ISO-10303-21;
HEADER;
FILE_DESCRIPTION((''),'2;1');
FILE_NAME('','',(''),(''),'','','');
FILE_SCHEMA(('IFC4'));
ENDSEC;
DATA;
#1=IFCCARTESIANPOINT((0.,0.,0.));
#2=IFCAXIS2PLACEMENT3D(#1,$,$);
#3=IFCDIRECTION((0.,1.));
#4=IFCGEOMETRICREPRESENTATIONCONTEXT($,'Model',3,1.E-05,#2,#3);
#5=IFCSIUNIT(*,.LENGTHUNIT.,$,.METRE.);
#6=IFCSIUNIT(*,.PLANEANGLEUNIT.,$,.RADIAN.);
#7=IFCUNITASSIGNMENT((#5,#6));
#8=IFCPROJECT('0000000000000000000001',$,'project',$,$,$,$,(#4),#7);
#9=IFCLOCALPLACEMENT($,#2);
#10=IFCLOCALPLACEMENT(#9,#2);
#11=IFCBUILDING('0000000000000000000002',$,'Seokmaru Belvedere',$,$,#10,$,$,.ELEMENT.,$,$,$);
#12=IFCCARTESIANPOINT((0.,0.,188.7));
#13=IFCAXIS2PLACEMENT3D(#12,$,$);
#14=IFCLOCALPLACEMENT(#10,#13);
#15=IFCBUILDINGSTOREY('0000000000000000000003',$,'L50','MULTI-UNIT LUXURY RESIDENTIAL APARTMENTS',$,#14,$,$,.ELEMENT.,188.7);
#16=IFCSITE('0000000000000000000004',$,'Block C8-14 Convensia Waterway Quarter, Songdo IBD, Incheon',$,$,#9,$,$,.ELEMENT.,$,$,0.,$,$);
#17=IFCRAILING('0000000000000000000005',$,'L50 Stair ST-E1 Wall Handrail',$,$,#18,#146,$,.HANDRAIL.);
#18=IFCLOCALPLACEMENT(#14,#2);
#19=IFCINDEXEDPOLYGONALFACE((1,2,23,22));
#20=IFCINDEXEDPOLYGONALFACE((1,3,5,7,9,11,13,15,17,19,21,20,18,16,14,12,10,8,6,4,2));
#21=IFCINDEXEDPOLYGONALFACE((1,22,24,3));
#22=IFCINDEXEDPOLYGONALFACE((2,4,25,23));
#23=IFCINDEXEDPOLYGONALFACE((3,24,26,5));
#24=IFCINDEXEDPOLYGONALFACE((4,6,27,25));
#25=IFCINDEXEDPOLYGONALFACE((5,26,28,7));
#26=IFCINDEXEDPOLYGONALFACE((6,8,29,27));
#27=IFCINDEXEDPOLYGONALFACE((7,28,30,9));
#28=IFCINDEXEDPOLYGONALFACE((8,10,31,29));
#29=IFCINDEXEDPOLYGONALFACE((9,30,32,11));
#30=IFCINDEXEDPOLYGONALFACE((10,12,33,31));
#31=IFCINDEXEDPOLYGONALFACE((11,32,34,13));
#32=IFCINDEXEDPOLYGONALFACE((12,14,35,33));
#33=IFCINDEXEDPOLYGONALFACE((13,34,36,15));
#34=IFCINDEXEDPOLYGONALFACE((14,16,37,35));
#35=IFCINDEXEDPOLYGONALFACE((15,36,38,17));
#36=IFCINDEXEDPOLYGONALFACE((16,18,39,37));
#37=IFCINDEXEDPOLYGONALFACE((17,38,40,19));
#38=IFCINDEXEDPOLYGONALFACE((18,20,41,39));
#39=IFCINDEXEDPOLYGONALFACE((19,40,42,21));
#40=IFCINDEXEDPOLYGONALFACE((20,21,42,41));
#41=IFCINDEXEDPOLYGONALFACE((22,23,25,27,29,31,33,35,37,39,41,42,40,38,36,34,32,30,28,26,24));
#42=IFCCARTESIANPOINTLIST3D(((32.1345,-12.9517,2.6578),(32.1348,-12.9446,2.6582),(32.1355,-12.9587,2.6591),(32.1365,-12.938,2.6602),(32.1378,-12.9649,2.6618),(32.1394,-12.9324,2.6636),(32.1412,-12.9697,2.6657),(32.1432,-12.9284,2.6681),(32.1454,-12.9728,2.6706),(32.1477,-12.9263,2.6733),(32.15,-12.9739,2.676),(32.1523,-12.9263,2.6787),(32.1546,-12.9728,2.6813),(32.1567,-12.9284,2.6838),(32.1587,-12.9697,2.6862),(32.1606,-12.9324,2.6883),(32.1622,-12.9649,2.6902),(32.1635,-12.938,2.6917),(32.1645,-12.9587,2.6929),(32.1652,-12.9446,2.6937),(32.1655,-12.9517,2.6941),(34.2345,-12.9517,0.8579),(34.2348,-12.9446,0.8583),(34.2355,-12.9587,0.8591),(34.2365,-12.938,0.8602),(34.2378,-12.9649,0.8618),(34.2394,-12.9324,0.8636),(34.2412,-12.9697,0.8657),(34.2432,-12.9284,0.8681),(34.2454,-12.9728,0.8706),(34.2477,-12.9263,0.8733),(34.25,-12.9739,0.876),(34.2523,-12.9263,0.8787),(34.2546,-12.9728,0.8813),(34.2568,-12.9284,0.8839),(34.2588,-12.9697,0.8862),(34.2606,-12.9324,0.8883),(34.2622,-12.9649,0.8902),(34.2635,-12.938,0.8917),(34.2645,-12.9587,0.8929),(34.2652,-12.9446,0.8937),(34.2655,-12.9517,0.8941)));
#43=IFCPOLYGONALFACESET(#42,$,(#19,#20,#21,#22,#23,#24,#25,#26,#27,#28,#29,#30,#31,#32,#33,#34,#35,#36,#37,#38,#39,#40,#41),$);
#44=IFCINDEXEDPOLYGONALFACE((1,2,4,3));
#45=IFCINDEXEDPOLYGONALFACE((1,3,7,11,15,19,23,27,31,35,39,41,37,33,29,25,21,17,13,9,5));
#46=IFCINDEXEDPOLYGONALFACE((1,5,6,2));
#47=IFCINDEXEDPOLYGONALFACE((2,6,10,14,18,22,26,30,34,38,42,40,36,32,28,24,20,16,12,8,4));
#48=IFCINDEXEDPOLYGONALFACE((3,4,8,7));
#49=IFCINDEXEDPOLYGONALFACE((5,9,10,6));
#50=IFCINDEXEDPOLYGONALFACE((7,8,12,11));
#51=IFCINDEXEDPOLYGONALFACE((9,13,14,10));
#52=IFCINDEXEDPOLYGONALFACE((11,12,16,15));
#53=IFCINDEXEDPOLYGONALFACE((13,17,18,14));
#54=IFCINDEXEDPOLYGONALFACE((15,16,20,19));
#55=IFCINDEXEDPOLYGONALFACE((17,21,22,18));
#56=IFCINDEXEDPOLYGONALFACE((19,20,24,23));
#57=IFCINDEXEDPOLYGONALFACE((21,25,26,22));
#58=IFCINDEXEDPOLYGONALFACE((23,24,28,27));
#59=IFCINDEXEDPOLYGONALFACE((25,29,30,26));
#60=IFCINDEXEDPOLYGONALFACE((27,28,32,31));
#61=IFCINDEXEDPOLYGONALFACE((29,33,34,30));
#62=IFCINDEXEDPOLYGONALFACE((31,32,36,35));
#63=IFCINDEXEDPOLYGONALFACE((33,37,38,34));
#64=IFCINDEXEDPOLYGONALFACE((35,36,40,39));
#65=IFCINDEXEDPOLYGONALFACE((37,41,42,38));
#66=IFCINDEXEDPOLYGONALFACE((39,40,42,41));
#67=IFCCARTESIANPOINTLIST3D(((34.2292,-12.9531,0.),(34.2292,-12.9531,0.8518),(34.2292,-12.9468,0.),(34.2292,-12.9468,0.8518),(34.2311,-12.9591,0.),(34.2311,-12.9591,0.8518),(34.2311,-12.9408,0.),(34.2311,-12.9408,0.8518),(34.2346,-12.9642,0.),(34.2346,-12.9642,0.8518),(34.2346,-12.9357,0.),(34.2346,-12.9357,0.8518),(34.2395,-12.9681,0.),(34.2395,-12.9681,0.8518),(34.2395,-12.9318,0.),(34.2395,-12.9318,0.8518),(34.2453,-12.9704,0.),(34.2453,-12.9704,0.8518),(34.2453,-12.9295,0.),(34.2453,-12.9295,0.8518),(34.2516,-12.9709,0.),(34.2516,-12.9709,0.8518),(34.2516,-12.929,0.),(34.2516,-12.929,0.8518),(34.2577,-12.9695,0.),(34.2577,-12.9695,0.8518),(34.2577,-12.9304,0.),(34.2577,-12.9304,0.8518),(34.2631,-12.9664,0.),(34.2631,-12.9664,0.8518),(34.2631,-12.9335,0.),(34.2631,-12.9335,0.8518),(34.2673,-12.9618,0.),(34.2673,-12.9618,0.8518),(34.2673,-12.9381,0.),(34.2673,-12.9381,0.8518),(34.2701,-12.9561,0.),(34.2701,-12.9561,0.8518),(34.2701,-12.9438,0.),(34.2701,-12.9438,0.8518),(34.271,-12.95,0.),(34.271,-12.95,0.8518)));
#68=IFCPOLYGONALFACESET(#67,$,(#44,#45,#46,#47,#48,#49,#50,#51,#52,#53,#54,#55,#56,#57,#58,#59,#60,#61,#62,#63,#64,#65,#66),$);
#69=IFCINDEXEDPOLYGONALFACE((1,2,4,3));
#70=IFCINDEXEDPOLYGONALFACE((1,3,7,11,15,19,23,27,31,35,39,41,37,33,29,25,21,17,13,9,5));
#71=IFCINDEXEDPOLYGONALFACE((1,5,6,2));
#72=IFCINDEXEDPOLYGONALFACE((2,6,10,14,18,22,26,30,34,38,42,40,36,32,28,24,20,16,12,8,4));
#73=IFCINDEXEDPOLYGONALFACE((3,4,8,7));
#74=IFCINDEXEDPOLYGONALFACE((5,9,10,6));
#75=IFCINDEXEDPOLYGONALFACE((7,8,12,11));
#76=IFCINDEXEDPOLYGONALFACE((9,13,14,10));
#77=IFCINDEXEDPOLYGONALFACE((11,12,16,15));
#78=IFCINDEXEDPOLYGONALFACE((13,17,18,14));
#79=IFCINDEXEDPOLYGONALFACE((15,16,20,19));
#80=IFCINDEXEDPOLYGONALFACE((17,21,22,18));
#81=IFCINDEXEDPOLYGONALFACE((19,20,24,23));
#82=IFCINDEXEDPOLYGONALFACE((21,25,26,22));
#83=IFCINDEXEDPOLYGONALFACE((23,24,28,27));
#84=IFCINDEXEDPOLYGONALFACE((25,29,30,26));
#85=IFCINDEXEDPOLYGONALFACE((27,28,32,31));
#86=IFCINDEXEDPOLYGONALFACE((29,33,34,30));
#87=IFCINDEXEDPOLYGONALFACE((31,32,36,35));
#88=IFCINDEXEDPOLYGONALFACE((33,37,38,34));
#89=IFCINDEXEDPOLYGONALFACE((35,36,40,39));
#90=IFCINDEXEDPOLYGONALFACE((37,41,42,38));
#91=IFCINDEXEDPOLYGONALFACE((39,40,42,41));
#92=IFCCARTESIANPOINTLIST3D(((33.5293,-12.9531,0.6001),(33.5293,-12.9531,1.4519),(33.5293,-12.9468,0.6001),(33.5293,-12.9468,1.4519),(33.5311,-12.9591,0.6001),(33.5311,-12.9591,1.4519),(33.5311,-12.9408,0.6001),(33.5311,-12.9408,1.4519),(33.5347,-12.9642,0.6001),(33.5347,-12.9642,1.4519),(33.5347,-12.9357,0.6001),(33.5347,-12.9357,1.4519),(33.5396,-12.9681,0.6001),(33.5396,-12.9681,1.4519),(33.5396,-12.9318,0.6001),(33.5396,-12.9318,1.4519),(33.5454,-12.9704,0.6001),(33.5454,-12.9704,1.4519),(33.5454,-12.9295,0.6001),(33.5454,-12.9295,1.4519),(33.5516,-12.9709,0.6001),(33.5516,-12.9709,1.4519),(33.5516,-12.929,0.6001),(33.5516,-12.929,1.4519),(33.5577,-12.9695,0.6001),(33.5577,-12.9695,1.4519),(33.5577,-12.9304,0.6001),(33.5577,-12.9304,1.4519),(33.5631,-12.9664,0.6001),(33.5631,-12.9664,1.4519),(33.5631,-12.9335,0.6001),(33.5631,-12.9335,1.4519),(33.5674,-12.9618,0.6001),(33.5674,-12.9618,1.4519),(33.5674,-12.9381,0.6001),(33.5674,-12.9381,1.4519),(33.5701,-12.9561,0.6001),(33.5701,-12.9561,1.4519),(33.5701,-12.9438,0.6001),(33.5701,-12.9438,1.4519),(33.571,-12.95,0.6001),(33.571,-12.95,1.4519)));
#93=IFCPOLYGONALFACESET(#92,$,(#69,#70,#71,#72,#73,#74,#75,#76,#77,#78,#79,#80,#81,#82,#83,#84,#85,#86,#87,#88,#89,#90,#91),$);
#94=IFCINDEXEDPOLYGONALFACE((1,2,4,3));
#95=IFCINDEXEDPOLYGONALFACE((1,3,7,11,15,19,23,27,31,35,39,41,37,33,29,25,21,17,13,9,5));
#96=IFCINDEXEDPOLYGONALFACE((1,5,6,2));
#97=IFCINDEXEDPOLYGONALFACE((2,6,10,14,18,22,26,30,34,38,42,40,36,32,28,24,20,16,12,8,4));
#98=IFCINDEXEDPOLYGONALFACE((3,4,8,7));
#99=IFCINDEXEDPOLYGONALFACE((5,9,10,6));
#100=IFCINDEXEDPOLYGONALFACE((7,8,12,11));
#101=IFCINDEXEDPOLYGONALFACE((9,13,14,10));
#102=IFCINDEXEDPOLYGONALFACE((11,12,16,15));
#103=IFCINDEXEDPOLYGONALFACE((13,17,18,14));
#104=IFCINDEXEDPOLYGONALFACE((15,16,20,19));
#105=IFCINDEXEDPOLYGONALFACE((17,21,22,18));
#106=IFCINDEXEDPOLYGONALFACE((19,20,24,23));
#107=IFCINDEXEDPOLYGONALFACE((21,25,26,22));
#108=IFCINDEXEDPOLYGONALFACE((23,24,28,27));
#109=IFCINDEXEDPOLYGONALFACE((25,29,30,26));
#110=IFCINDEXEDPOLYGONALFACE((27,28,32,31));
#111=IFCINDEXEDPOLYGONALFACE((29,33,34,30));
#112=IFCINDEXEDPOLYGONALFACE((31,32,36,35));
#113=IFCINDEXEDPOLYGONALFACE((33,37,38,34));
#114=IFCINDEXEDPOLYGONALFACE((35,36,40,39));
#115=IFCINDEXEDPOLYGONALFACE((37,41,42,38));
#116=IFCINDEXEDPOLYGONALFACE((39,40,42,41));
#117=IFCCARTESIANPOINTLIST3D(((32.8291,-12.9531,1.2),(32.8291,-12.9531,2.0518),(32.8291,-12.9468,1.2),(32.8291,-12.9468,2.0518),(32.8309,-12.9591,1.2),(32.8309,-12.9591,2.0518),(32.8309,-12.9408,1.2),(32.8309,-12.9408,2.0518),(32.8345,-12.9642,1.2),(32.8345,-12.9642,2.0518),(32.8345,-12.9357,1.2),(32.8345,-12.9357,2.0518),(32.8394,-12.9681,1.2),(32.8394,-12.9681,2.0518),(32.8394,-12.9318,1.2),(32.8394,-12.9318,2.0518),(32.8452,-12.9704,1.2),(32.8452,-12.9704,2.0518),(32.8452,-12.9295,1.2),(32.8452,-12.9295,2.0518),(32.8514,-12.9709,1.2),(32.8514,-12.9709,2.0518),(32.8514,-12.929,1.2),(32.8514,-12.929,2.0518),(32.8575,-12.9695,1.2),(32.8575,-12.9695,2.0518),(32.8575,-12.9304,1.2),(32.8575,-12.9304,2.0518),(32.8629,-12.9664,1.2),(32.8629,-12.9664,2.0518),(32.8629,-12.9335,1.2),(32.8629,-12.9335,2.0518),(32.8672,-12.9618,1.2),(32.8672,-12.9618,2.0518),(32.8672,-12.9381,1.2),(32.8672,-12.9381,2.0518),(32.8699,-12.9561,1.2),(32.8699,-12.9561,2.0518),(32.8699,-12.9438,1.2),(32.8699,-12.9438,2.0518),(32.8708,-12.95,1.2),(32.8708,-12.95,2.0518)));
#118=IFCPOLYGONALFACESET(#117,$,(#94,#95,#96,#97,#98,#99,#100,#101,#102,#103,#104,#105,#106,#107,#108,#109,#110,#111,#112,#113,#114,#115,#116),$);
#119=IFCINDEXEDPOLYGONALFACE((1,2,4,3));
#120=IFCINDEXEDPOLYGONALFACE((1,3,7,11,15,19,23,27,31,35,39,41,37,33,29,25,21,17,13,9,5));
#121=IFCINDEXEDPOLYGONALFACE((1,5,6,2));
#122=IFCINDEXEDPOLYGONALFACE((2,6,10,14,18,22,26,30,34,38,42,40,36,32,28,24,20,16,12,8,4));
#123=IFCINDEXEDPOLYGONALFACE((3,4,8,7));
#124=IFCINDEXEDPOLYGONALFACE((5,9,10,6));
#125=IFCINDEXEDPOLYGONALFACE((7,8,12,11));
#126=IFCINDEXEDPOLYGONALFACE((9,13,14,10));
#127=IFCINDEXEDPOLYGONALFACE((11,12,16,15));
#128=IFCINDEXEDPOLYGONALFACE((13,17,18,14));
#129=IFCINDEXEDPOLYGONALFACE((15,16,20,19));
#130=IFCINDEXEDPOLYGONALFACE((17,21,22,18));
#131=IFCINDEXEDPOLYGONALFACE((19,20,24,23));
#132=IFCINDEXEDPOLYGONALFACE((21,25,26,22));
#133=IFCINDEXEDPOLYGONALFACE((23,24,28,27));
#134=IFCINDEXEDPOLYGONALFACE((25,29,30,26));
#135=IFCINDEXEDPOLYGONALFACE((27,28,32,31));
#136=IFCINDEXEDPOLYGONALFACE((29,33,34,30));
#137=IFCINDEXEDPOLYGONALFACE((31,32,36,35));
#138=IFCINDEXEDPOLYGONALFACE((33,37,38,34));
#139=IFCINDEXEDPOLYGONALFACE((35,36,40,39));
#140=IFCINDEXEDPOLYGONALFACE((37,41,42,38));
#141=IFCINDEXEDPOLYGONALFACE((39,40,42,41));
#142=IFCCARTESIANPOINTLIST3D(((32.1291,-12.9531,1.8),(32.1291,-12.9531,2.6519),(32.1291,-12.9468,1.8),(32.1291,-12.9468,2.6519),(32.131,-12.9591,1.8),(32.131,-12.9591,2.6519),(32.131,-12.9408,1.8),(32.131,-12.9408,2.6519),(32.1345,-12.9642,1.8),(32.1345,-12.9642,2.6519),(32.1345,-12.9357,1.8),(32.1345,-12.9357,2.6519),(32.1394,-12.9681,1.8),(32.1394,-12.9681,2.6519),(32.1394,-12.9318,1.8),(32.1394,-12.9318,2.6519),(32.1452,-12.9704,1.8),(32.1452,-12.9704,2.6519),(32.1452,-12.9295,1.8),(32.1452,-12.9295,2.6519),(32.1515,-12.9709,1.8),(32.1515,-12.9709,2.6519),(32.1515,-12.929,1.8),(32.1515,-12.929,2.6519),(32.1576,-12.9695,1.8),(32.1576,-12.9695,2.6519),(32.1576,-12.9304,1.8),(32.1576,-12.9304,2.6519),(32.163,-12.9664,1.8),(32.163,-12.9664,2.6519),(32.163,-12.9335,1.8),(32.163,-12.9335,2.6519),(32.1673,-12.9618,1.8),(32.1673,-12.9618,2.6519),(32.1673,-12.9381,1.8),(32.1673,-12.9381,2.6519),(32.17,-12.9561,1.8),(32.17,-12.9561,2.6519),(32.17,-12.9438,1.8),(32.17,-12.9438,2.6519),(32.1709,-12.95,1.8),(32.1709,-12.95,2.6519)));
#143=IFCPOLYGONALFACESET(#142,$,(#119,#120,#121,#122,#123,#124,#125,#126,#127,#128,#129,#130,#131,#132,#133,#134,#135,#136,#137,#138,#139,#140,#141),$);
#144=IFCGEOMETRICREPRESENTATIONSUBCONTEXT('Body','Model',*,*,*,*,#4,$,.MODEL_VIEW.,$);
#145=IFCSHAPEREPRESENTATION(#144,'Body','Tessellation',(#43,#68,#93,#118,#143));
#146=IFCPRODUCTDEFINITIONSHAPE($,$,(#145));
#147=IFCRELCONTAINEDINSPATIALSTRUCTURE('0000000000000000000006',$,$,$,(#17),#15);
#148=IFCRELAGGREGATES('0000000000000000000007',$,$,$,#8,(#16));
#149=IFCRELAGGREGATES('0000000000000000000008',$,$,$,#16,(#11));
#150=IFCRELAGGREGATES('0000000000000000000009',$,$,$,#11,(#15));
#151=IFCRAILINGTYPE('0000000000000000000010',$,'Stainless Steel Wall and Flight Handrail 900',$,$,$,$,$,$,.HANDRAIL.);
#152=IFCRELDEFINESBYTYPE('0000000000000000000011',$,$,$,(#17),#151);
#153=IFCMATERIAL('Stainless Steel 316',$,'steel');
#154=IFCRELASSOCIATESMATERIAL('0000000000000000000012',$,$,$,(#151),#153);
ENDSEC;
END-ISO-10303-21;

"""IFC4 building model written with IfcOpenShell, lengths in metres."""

from ifc_helpers import new_model, si_unit, direction, frame, origin, origin_2d, place, context, subcontext, project, spatial, circle, extrude, material, type_object, element, save


model = new_model("IFC4")

# Units and contexts
model_context = context("Model", 3, precision=1e-05, world=origin(), true_north=direction((0.0, 1.0)))
body_context = subcontext(model_context, "Body", "Model", "MODEL_VIEW")
ifc_project = project(units=[si_unit("LENGTHUNIT", "METRE"), si_unit("PLANEANGLEUNIT", "RADIAN")], contexts=[model_context])

# Site, building, storey
site_placement = place(None, origin())
site = spatial("IfcSite", under=ifc_project, at=site_placement, Name="Block C8-14 Convensia Waterway Quarter, Songdo IBD, Incheon", CompositionType="ELEMENT", RefElevation=0.0)
building_placement = place(site_placement, origin())
building = spatial("IfcBuilding", under=site, at=building_placement, Name="Seokmaru Belvedere", CompositionType="ELEMENT")
storey_placement = place(building_placement, frame((0.0, 0.0, 188.7)))
storey = spatial("IfcBuildingStorey", under=building, at=storey_placement, Name="L50", Description="MULTI-UNIT LUXURY RESIDENTIAL APARTMENTS", CompositionType="ELEMENT", Elevation=188.7)

# Shared definitions
ifc_material_1 = material(Name="Stainless Steel 316", Category="steel")

# Railing
railing_type_1 = type_object("IfcRailingType", Name="Stainless Steel Wall and Flight Handrail 900", PredefinedType="HANDRAIL", material=ifc_material_1)
railing_1_placement = place(storey_placement, frame((34.25, -12.95, 0.0)))
element("IfcRailing", 1, at=railing_1_placement, inside=storey, type_object=railing_type_1, Name="L50 Stair ST-E1 Wall Handrail", PredefinedType="HANDRAIL", context=body_context, shape_type="SweptSolid", body=[
    extrude(circle(Radius=0.0239, at=origin_2d()), frame((0.0, 0.0, 0.876), z_axis=(-0.759263, 0.0, 0.650784), x_axis=(0.0, -1.0, 0.0)), (0.0, 0.0, 1.0), 2.7659),
    extrude(circle(Radius=0.021, at=origin_2d()), origin(), (0.0, 0.0, 1.0), 0.8518),
    extrude(circle(Radius=0.021, at=origin_2d()), frame((-0.7, 0.0, 0.6001)), (0.0, 0.0, 1.0), 0.8518),
    extrude(circle(Radius=0.021, at=origin_2d()), frame((-1.4001, 0.0, 1.2)), (0.0, 0.0, 1.0), 0.8518),
    extrude(circle(Radius=0.021, at=origin_2d()), frame((-2.1001, 0.0, 1.8)), (0.0, 0.0, 1.0), 0.8518),
])

save(model, "model.ifc")
